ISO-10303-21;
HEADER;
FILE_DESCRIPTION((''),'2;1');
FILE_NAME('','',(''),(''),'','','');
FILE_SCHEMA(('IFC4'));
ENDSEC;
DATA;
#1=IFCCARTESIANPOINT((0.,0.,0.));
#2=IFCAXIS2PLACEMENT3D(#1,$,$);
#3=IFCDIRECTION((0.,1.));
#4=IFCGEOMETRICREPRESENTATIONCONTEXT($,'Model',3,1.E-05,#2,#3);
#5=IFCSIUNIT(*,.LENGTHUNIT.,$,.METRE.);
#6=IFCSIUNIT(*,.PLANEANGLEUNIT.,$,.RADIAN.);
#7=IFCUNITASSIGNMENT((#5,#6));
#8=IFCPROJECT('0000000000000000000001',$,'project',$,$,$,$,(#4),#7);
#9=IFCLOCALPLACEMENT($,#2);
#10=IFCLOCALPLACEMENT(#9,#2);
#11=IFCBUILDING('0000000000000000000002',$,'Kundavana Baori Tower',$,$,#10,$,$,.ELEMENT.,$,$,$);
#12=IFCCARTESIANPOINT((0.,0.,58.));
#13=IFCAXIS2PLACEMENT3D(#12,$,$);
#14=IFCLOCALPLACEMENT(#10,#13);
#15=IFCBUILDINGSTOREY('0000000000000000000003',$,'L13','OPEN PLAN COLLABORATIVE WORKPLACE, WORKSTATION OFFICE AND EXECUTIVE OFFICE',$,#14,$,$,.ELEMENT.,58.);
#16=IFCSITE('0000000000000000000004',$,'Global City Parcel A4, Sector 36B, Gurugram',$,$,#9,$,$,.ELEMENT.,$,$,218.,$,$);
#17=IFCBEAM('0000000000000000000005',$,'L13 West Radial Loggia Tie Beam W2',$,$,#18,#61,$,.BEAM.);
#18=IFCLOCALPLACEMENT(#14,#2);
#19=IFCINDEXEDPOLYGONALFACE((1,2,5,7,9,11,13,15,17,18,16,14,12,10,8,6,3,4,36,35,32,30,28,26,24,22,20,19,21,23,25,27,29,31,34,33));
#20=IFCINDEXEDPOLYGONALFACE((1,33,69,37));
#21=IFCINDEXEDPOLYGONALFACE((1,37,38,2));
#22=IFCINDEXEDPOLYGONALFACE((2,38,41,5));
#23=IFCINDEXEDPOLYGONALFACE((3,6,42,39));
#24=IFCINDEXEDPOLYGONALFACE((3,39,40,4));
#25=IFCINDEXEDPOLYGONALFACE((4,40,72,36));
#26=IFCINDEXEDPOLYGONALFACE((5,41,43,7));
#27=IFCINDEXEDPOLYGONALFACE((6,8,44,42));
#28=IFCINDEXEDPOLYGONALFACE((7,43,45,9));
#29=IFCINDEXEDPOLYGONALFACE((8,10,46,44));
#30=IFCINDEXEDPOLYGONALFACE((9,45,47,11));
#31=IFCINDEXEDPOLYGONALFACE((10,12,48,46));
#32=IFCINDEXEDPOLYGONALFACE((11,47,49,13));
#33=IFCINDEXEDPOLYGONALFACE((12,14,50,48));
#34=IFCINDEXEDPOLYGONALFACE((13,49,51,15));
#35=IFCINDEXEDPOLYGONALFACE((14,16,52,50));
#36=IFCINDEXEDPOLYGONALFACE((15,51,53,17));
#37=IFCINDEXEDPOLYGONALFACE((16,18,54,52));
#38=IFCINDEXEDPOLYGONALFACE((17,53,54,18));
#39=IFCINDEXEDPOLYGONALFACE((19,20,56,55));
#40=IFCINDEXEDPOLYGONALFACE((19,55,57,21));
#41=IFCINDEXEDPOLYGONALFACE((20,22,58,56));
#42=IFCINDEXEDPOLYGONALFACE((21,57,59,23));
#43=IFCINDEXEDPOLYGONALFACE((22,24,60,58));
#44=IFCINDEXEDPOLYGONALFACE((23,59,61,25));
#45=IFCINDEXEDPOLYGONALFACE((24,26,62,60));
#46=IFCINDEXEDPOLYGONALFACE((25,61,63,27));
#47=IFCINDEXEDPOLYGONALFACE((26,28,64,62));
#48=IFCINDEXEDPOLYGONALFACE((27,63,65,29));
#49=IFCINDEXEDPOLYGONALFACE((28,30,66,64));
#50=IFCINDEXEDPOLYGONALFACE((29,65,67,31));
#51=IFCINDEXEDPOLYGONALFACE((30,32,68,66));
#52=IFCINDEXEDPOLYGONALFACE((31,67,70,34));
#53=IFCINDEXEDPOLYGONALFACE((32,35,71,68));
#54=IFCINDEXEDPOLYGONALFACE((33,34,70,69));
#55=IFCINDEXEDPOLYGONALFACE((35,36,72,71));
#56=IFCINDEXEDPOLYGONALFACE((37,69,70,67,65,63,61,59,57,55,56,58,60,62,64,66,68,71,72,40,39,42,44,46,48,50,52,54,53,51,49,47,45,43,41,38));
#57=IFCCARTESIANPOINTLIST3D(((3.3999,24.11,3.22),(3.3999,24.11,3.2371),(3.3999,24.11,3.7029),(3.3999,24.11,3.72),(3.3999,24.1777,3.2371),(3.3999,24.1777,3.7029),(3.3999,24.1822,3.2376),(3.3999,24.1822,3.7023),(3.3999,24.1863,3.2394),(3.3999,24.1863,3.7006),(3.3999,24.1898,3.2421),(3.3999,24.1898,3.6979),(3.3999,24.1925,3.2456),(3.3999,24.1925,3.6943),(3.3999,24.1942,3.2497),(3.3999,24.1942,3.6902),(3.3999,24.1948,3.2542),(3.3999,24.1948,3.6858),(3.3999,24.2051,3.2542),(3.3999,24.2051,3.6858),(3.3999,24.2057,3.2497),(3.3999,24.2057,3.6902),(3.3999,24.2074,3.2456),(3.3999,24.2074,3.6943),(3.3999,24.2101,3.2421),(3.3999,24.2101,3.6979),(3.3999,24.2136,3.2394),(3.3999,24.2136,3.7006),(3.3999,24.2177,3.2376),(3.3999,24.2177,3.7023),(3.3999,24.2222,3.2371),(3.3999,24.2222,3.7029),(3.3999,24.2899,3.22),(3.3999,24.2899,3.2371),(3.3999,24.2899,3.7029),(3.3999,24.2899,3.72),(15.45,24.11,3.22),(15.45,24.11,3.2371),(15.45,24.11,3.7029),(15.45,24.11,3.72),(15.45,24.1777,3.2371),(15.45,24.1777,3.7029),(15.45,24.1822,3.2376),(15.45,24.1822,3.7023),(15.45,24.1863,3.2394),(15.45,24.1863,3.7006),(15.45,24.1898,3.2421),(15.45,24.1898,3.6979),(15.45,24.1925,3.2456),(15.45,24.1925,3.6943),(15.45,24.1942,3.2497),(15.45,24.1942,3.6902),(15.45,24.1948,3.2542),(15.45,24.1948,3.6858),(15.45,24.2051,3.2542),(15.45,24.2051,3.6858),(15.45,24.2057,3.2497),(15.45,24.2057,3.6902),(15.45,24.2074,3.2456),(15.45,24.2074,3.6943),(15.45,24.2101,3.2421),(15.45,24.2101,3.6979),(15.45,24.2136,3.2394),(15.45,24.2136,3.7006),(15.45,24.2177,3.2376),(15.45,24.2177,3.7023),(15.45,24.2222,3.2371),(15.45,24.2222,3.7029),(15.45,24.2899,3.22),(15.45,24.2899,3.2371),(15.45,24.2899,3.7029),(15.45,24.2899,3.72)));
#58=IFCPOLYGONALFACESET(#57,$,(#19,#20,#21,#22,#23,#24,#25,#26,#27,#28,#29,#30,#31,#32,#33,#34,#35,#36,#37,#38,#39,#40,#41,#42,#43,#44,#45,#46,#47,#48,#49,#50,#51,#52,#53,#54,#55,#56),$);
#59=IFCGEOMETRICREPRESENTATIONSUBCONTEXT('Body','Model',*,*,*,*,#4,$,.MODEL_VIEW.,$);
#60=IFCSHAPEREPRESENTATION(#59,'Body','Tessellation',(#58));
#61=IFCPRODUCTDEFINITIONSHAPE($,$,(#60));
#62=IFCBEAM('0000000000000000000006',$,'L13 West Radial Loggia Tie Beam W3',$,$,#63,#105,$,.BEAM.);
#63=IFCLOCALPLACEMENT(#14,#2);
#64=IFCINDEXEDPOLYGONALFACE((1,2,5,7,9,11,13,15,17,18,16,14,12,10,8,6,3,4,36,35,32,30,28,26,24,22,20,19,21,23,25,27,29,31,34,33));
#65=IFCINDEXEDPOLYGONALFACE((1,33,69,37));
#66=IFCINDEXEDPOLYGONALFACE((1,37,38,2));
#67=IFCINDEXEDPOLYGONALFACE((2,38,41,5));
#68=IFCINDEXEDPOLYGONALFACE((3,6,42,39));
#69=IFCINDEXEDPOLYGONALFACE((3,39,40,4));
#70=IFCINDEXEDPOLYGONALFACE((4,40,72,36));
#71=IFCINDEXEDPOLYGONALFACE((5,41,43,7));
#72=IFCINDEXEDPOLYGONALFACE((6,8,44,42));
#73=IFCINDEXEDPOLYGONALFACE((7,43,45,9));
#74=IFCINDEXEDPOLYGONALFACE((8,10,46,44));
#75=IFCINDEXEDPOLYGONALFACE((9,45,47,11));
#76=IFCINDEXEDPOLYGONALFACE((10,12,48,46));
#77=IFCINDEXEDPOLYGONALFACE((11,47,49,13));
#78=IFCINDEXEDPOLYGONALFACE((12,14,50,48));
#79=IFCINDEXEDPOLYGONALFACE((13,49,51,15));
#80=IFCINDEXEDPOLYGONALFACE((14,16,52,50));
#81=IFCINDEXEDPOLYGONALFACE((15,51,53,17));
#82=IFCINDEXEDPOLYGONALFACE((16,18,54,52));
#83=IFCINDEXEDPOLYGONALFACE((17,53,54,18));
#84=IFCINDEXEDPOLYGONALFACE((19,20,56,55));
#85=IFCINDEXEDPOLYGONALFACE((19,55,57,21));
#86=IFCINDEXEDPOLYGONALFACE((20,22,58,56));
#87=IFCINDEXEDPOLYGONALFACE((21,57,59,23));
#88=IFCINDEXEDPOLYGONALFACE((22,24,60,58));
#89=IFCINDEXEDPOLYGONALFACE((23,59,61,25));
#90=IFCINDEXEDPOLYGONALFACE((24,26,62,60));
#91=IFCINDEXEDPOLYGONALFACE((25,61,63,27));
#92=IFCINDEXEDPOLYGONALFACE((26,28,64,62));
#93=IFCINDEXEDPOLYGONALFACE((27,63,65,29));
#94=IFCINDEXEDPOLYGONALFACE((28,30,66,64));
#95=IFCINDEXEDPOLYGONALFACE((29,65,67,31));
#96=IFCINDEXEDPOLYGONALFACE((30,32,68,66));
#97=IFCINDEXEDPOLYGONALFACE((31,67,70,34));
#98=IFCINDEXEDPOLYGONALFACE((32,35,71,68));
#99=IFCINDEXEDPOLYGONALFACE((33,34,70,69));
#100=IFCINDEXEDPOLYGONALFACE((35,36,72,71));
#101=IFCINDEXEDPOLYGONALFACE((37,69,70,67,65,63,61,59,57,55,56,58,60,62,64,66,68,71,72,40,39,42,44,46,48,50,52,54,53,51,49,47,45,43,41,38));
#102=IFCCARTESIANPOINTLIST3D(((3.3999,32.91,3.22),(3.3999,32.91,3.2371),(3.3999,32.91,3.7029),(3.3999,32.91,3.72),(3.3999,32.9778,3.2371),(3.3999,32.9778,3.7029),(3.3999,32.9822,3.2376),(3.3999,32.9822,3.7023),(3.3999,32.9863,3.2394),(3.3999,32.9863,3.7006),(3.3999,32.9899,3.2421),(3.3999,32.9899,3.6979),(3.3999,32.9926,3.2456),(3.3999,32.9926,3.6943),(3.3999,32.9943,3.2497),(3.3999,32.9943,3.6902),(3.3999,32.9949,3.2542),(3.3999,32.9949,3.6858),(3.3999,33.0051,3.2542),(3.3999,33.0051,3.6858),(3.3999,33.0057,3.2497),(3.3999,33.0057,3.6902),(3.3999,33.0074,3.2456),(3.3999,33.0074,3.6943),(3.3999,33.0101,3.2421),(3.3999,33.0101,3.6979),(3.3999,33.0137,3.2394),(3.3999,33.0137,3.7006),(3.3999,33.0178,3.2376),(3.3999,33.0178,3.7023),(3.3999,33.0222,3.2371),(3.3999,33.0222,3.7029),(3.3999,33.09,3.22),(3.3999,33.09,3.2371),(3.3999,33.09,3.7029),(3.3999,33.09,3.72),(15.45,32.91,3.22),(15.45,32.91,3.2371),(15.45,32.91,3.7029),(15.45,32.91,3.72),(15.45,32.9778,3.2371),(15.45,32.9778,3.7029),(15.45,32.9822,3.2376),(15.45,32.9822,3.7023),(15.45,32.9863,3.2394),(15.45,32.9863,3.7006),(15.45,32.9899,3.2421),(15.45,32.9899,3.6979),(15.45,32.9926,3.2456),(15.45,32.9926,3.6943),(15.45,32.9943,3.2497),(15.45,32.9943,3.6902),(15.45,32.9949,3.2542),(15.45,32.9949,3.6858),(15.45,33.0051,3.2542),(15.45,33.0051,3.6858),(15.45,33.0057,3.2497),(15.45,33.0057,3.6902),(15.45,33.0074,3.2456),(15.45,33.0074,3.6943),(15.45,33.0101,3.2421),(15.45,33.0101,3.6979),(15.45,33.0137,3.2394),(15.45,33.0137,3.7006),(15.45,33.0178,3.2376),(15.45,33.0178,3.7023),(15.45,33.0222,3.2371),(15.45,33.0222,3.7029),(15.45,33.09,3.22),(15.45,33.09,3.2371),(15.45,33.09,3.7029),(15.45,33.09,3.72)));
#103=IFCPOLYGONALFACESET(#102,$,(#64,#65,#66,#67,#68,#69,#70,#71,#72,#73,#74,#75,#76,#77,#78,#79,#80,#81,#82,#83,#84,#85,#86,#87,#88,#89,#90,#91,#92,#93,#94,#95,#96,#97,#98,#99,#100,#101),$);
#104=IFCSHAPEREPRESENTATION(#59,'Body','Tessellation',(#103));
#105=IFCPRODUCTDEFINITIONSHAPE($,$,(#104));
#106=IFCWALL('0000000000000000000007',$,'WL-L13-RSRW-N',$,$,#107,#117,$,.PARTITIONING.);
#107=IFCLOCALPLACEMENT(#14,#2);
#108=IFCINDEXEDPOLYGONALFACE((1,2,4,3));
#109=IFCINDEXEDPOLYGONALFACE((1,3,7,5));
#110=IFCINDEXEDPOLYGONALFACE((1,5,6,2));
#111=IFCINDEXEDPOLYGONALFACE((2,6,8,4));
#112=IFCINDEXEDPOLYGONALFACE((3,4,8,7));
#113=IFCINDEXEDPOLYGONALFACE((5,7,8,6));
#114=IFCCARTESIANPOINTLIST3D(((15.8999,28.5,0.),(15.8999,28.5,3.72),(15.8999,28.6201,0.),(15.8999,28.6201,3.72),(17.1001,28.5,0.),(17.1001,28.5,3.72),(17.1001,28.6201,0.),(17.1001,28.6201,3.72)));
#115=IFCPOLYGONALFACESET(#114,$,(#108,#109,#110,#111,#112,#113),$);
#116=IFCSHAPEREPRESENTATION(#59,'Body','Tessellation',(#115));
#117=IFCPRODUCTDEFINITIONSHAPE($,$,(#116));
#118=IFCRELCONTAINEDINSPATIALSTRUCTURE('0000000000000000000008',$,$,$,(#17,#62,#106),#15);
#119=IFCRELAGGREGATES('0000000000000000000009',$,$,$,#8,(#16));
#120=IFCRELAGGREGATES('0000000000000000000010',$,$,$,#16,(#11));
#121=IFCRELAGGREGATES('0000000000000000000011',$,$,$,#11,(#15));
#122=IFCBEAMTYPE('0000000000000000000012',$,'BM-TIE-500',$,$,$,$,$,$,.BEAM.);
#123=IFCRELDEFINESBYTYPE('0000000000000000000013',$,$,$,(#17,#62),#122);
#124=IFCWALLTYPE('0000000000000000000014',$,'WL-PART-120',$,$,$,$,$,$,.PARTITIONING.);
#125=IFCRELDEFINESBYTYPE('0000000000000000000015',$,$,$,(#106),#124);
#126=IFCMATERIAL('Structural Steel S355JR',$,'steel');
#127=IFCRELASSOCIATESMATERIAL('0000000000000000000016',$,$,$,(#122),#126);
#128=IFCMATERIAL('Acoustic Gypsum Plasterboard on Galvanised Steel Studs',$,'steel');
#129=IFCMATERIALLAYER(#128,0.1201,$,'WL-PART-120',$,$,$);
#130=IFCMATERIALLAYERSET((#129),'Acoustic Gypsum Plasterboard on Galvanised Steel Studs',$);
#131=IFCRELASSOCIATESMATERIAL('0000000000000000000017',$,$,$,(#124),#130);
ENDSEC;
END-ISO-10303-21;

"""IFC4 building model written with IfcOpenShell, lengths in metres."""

from ifc_helpers import new_model, si_unit, direction, frame, frame_2d, origin, origin_2d, place, context, subcontext, project, spatial, rectangle, i_section, extrude, material, layer, layer_set, material_profile, profile_set, type_object, element, save


model = new_model("IFC4")

# Units and contexts
model_context = context("Model", 3, precision=1e-05, world=origin(), true_north=direction((0.0, 1.0)))
body_context = subcontext(model_context, "Body", "Model", "MODEL_VIEW")
ifc_project = project(units=[si_unit("LENGTHUNIT", "METRE"), si_unit("PLANEANGLEUNIT", "RADIAN")], contexts=[model_context])

# Site, building, storey
site_placement = place(None, origin())
site = spatial("IfcSite", under=ifc_project, at=site_placement, Name="Global City Parcel A4, Sector 36B, Gurugram", CompositionType="ELEMENT", RefElevation=218.0)
building_placement = place(site_placement, origin())
building = spatial("IfcBuilding", under=site, at=building_placement, Name="Kundavana Baori Tower", CompositionType="ELEMENT")
storey_placement = place(building_placement, frame((0.0, 0.0, 58.0)))
storey = spatial("IfcBuildingStorey", under=building, at=storey_placement, Name="L13", Description="OPEN PLAN COLLABORATIVE WORKPLACE, WORKSTATION OFFICE AND EXECUTIVE OFFICE", CompositionType="ELEMENT", Elevation=58.0)

# Beams
ifc_material_1 = material(Name="Structural Steel S355JR", Category="steel")
ifc_material_profile_1 = material_profile(ifc_material_1, i_section(OverallWidth=0.1799, OverallDepth=0.5, WebThickness=0.0103, FlangeThickness=0.0171, FilletRadius=0.0171, at=origin_2d()), Name="ISMB 500")
ifc_profile_set_1 = profile_set([ifc_material_profile_1], Name="Structural Steel S355JR")
beam_type_1 = type_object("IfcBeamType", Name="BM-TIE-500", PredefinedType="BEAM", material=ifc_profile_set_1)
for number, where, z_axis, x_axis, name in (
    (1, (15.45, 24.2, 3.47), (-1.0, 0.0, 0.0), (0.0, -1.0, 0.0), "L13 West Radial Loggia Tie Beam W2"),
    (2, (15.45, 33.0, 3.47), (-1.0, 0.0, 0.0), (0.0, -1.0, 0.0), "L13 West Radial Loggia Tie Beam W3"),
):
    element("IfcBeam", number, at=place(storey_placement, frame(where, z_axis=z_axis, x_axis=x_axis)), inside=storey, type_object=beam_type_1, Name=name, PredefinedType="BEAM", context=body_context, shape_type="SweptSolid", body=[
        extrude(i_section(OverallWidth=0.1799, OverallDepth=0.5, WebThickness=0.0103, FlangeThickness=0.0171, FilletRadius=0.0171, at=origin_2d()), origin(), (0.0, 0.0, 1.0), 12.05),
    ])

# Wall
ifc_material_2 = material(Name="Acoustic Gypsum Plasterboard on Galvanised Steel Studs", Category="steel")
ifc_layer_1 = layer(ifc_material_2, 0.1201, Name="WL-PART-120")
ifc_layer_set_1 = layer_set([ifc_layer_1], Name="Acoustic Gypsum Plasterboard on Galvanised Steel Studs")
wall_type_1 = type_object("IfcWallType", Name="WL-PART-120", PredefinedType="PARTITIONING", material=ifc_layer_set_1)
wall_1_placement = place(storey_placement, frame((15.8999, 28.5601, 0.0), z_axis=(0.0, 0.0, 1.0), x_axis=(1.0, 0.0, 0.0)))
element("IfcWall", 3, at=wall_1_placement, inside=storey, type_object=wall_type_1, Name="WL-L13-RSRW-N", PredefinedType="PARTITIONING", context=body_context, shape_type="SweptSolid", body=[
    extrude(rectangle(XDim=1.2002, YDim=0.1201, at=frame_2d((0.6001, 0.0))), origin(), (0.0, 0.0, 1.0), 3.72),
])

save(model, "model.ifc")
